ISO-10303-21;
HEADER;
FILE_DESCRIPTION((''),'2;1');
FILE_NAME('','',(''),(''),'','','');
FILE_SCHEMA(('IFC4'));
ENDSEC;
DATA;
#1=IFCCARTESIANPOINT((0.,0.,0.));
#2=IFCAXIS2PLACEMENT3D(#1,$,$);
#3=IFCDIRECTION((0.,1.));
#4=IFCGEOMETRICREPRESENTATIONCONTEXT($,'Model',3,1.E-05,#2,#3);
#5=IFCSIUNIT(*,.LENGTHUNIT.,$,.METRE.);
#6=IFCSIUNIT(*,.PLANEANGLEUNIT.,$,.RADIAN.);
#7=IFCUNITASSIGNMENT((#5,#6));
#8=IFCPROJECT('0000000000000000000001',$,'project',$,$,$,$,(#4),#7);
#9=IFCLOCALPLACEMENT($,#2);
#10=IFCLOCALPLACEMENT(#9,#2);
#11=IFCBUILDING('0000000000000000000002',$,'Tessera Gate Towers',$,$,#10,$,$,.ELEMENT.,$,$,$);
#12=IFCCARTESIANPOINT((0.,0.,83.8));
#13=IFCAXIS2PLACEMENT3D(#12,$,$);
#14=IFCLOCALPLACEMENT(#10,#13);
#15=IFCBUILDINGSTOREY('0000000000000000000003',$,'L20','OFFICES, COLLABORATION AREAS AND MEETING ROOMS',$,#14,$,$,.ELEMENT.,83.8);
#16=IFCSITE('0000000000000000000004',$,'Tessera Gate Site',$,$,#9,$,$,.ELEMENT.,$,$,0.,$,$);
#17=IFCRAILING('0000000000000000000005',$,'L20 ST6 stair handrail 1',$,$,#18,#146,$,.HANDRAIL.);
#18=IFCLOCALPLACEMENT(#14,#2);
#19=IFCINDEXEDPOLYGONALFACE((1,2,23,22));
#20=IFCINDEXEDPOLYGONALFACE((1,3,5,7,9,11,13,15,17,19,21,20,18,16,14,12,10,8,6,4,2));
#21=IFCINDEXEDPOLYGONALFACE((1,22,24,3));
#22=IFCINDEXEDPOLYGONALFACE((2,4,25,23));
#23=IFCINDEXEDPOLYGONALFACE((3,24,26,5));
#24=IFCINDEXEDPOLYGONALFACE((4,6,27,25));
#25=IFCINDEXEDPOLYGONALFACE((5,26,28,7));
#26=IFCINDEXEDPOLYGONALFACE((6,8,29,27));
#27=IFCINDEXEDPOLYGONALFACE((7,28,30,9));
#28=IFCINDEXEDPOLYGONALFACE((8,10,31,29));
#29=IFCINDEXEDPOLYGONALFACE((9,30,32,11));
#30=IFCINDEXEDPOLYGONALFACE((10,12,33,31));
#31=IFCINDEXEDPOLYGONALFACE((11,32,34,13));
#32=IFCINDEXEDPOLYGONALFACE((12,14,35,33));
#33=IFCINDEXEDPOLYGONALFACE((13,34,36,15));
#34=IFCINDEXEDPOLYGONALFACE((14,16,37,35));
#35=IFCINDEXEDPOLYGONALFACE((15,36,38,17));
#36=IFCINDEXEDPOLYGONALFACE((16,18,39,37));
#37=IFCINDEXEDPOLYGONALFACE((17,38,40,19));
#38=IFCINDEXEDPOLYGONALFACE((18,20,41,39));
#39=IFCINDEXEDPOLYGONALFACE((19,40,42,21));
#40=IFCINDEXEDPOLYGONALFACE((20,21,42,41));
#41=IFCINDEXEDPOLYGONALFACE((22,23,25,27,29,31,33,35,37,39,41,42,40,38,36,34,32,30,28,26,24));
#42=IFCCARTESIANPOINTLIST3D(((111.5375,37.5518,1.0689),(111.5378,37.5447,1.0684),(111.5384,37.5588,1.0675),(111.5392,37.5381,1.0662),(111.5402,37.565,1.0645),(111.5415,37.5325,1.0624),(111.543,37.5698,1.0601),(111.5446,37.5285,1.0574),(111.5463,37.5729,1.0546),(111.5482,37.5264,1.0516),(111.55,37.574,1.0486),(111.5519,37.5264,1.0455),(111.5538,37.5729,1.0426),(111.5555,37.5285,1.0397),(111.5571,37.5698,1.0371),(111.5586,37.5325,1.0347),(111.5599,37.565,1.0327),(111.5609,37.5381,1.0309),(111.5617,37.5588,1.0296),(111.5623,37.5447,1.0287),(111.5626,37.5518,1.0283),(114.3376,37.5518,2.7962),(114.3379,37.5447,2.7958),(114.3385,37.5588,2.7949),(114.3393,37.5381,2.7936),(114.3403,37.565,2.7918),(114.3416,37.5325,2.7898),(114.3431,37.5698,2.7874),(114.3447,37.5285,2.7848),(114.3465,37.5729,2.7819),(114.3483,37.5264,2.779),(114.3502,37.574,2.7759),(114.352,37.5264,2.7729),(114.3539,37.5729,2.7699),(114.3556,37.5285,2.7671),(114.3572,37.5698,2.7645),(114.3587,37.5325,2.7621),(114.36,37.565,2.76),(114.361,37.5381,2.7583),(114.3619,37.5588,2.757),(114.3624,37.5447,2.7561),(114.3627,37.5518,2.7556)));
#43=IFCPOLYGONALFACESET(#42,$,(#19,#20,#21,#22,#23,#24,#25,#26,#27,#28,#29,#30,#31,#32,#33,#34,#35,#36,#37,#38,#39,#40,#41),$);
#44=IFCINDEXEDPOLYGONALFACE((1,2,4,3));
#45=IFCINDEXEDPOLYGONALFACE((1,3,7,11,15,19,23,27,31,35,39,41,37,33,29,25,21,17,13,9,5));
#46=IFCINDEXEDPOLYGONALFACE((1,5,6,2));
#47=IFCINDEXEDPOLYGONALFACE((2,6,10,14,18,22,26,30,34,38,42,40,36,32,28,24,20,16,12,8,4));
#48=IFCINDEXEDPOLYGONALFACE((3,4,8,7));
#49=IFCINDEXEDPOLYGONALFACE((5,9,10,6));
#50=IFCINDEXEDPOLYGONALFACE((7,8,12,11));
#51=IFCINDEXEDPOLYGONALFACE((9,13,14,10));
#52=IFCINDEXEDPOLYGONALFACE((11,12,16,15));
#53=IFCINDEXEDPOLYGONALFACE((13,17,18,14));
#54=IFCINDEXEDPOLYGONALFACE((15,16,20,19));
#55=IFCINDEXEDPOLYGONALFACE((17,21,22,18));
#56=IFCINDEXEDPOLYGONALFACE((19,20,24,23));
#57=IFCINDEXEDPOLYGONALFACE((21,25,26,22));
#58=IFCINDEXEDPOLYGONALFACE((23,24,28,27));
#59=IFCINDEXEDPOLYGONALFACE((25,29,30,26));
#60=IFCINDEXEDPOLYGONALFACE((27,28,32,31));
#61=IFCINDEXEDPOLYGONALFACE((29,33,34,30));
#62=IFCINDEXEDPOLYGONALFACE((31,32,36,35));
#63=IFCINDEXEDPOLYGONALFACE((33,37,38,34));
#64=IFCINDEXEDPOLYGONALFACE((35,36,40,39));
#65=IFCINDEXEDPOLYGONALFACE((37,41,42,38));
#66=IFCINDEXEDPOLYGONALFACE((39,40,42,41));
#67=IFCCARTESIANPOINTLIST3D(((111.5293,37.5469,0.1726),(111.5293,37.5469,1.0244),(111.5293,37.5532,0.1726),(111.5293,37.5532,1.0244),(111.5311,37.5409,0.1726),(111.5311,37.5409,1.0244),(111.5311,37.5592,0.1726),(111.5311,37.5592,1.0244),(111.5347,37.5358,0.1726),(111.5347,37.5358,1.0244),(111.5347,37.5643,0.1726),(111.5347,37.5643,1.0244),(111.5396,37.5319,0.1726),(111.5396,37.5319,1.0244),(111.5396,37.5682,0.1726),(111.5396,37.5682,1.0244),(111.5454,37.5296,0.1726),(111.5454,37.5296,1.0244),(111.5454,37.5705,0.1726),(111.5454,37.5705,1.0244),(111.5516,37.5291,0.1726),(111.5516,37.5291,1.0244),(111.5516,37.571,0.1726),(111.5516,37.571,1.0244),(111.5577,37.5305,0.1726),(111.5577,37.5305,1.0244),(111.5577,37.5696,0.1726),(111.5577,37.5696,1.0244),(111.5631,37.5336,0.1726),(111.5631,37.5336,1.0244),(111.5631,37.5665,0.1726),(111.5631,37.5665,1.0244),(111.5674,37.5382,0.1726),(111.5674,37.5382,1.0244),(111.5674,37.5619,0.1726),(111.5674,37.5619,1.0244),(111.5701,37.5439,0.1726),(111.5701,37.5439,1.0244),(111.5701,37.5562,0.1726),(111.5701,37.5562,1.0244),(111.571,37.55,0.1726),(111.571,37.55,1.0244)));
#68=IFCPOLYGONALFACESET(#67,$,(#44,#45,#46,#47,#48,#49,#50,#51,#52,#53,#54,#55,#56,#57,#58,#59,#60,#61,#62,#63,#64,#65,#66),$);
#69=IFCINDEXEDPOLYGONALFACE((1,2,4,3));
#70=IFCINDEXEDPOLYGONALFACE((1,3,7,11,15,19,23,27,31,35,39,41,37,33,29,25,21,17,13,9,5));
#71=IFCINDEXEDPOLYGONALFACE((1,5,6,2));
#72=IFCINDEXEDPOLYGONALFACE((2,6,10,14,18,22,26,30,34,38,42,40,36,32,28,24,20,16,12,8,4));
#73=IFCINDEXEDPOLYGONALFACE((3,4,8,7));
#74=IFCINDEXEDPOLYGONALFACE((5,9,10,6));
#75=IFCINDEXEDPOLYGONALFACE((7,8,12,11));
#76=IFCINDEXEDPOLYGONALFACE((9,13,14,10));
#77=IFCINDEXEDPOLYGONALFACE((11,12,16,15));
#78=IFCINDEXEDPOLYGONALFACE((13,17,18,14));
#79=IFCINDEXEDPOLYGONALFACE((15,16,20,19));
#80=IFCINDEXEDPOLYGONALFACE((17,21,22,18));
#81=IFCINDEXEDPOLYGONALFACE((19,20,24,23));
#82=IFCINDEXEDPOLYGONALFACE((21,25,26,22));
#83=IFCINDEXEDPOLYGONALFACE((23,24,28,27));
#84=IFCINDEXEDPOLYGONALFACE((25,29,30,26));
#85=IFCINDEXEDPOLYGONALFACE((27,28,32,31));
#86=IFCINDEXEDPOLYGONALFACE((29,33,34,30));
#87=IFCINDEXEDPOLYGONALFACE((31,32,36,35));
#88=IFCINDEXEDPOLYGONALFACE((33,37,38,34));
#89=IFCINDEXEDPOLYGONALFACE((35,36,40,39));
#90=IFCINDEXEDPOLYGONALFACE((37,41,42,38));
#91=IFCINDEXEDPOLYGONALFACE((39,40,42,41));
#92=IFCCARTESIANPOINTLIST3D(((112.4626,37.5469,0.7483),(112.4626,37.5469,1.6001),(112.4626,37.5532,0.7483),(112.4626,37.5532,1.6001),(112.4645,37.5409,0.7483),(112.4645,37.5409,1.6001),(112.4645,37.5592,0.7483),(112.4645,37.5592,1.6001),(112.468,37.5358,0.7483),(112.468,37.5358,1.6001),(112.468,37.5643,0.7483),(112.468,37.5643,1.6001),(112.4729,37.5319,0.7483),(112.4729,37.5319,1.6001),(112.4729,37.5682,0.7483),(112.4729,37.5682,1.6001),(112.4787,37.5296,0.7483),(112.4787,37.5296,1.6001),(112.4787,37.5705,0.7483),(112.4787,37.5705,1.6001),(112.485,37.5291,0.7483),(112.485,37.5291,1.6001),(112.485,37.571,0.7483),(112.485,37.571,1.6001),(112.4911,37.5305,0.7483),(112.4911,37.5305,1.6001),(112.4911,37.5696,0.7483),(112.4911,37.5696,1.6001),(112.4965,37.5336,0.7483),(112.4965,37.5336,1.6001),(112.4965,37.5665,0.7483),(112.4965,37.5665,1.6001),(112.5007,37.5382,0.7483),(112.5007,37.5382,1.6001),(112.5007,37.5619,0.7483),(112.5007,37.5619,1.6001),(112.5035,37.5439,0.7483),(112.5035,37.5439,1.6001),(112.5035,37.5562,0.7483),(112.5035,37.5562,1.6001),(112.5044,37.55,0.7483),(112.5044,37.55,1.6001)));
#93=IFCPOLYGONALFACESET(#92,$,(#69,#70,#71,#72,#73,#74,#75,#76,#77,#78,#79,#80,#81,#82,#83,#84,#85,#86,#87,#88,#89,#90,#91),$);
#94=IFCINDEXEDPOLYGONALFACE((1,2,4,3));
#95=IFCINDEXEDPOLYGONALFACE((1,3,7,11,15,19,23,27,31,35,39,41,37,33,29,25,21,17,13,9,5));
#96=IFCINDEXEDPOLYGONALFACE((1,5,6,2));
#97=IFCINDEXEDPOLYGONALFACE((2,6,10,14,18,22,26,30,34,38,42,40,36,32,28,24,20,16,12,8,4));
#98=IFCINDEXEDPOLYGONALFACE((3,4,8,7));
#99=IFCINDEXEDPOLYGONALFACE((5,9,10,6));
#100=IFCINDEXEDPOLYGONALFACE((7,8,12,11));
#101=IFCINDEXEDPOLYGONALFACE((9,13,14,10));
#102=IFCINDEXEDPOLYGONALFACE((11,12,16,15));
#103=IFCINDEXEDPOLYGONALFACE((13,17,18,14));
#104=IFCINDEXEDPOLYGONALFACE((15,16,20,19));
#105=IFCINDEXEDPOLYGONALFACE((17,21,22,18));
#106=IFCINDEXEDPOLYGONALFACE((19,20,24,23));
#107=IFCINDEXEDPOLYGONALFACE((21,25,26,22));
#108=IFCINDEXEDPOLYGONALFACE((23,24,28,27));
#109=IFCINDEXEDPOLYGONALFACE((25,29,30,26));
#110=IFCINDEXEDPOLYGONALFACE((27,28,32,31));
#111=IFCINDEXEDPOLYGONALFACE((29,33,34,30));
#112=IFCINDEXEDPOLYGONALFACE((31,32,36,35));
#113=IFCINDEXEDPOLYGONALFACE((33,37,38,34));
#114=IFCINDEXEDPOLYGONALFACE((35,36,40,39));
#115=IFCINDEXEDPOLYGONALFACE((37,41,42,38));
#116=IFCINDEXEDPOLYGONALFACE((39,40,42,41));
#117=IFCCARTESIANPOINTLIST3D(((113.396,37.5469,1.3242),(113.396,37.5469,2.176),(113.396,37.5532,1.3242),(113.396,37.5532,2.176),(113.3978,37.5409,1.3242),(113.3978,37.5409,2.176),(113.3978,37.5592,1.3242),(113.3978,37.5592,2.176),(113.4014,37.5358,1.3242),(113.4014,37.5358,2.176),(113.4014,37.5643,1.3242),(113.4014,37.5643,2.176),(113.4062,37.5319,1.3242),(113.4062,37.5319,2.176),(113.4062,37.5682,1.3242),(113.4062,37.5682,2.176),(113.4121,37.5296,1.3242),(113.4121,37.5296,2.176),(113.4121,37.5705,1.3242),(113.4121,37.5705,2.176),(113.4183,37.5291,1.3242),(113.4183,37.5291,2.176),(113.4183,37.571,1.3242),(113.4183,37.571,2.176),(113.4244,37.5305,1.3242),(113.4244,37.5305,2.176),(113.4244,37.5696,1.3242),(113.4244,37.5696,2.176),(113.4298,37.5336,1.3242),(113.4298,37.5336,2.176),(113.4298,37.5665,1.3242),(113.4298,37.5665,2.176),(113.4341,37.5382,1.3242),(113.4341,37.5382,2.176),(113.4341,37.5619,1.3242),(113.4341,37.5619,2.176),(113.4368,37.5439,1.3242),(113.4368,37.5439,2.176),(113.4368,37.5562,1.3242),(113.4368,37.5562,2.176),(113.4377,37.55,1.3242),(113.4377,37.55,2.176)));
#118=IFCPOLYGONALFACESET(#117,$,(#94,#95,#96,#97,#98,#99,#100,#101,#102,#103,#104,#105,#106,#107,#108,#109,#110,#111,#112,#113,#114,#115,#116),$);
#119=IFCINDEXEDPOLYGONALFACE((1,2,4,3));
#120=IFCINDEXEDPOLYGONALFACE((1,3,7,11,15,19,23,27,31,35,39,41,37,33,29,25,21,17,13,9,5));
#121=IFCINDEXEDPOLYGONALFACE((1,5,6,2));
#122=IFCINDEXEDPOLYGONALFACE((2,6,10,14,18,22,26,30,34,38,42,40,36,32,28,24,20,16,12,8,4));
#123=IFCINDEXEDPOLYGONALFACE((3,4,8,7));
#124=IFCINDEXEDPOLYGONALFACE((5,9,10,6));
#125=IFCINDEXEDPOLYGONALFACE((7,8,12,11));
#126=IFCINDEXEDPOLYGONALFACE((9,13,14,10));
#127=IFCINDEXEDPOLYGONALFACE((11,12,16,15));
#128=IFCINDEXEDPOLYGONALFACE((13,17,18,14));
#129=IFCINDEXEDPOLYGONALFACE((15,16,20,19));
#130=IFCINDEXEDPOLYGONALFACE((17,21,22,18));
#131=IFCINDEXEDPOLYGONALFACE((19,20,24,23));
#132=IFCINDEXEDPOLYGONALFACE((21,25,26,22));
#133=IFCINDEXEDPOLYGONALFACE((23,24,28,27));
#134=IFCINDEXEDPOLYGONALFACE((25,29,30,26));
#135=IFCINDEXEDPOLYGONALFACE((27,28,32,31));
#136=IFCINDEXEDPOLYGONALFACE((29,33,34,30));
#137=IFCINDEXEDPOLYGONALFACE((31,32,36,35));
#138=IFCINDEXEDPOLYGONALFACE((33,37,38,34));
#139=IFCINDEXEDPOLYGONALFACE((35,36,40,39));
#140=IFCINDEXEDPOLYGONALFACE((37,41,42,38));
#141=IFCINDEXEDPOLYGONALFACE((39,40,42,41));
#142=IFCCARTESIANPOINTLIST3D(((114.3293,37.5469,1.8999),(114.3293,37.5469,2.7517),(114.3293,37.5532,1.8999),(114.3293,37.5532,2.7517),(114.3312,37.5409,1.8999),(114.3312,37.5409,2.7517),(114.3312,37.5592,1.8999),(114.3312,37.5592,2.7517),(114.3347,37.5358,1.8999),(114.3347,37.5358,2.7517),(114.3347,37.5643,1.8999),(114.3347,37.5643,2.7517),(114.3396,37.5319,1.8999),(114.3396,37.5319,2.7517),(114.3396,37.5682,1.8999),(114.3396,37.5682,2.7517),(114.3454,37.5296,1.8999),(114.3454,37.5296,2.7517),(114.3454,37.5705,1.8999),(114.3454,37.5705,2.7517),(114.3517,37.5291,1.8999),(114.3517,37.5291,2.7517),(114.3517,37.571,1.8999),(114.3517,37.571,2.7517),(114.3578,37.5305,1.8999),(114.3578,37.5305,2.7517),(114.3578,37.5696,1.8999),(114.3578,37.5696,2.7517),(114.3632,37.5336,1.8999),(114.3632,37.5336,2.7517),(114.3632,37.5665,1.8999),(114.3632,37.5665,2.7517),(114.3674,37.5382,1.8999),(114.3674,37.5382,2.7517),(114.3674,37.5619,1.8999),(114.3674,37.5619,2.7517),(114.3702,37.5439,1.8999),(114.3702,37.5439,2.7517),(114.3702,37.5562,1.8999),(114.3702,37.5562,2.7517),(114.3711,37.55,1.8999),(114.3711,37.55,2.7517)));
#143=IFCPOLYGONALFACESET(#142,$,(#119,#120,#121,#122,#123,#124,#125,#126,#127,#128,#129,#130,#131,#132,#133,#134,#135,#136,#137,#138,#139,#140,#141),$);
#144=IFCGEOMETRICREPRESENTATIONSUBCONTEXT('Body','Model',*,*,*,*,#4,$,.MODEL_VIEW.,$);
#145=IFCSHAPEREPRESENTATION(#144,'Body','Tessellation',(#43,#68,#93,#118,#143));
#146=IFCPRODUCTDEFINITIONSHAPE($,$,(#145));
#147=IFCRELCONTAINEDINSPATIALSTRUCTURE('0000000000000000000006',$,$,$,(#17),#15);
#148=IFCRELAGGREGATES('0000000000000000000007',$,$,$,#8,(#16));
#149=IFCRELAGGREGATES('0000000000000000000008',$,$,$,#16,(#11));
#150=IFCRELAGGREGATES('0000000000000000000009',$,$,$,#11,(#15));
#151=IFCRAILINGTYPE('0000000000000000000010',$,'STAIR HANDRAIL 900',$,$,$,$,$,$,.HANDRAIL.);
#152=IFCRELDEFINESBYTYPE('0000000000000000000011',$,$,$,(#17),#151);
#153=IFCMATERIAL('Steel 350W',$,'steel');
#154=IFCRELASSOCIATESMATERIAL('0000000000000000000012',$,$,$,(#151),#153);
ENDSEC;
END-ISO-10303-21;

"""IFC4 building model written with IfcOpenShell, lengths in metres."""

from ifc_helpers import new_model, si_unit, direction, frame, origin, origin_2d, place, context, subcontext, project, spatial, circle, extrude, material, type_object, element, save


model = new_model("IFC4")

# Units and contexts
model_context = context("Model", 3, precision=1e-05, world=origin(), true_north=direction((0.0, 1.0)))
body_context = subcontext(model_context, "Body", "Model", "MODEL_VIEW")
ifc_project = project(units=[si_unit("LENGTHUNIT", "METRE"), si_unit("PLANEANGLEUNIT", "RADIAN")], contexts=[model_context])

# Site, building, storey
site_placement = place(None, origin())
site = spatial("IfcSite", under=ifc_project, at=site_placement, Name="Tessera Gate Site", CompositionType="ELEMENT", RefElevation=0.0)
building_placement = place(site_placement, origin())
building = spatial("IfcBuilding", under=site, at=building_placement, Name="Tessera Gate Towers", CompositionType="ELEMENT")
storey_placement = place(building_placement, frame((0.0, 0.0, 83.8)))
storey = spatial("IfcBuildingStorey", under=building, at=storey_placement, Name="L20", Description="OFFICES, COLLABORATION AREAS AND MEETING ROOMS", CompositionType="ELEMENT", Elevation=83.8)

# Railing
ifc_material_1 = material(Name="Steel 350W", Category="steel")
railing_type = type_object("IfcRailingType", Name="STAIR HANDRAIL 900", PredefinedType="HANDRAIL", material=ifc_material_1)
railing_placement = place(storey_placement, frame((111.55, 37.55, 0.1726)))
element("IfcRailing", 1, at=railing_placement, inside=storey, type_object=railing_type, Name="L20 ST6 stair handrail 1", PredefinedType="HANDRAIL", context=body_context, shape_type="SweptSolid", body=[
    extrude(circle(Radius=0.0239, at=origin_2d()), frame((0.0, 0.0, 0.876), z_axis=(0.85109, 0.0, 0.52502), x_axis=(0.0, 1.0, 0.0)), (0.0, 0.0, 1.0), 3.29),
    extrude(circle(Radius=0.021, at=origin_2d()), origin(), (0.0, 0.0, 1.0), 0.8518),
    extrude(circle(Radius=0.021, at=origin_2d()), frame((0.9333, 0.0, 0.5757)), (0.0, 0.0, 1.0), 0.8518),
    extrude(circle(Radius=0.021, at=origin_2d()), frame((1.8667, 0.0, 1.1516)), (0.0, 0.0, 1.0), 0.8518),
    extrude(circle(Radius=0.021, at=origin_2d()), frame((2.8, 0.0, 1.7273)), (0.0, 0.0, 1.0), 0.8518),
])

save(model, "model.ifc")
